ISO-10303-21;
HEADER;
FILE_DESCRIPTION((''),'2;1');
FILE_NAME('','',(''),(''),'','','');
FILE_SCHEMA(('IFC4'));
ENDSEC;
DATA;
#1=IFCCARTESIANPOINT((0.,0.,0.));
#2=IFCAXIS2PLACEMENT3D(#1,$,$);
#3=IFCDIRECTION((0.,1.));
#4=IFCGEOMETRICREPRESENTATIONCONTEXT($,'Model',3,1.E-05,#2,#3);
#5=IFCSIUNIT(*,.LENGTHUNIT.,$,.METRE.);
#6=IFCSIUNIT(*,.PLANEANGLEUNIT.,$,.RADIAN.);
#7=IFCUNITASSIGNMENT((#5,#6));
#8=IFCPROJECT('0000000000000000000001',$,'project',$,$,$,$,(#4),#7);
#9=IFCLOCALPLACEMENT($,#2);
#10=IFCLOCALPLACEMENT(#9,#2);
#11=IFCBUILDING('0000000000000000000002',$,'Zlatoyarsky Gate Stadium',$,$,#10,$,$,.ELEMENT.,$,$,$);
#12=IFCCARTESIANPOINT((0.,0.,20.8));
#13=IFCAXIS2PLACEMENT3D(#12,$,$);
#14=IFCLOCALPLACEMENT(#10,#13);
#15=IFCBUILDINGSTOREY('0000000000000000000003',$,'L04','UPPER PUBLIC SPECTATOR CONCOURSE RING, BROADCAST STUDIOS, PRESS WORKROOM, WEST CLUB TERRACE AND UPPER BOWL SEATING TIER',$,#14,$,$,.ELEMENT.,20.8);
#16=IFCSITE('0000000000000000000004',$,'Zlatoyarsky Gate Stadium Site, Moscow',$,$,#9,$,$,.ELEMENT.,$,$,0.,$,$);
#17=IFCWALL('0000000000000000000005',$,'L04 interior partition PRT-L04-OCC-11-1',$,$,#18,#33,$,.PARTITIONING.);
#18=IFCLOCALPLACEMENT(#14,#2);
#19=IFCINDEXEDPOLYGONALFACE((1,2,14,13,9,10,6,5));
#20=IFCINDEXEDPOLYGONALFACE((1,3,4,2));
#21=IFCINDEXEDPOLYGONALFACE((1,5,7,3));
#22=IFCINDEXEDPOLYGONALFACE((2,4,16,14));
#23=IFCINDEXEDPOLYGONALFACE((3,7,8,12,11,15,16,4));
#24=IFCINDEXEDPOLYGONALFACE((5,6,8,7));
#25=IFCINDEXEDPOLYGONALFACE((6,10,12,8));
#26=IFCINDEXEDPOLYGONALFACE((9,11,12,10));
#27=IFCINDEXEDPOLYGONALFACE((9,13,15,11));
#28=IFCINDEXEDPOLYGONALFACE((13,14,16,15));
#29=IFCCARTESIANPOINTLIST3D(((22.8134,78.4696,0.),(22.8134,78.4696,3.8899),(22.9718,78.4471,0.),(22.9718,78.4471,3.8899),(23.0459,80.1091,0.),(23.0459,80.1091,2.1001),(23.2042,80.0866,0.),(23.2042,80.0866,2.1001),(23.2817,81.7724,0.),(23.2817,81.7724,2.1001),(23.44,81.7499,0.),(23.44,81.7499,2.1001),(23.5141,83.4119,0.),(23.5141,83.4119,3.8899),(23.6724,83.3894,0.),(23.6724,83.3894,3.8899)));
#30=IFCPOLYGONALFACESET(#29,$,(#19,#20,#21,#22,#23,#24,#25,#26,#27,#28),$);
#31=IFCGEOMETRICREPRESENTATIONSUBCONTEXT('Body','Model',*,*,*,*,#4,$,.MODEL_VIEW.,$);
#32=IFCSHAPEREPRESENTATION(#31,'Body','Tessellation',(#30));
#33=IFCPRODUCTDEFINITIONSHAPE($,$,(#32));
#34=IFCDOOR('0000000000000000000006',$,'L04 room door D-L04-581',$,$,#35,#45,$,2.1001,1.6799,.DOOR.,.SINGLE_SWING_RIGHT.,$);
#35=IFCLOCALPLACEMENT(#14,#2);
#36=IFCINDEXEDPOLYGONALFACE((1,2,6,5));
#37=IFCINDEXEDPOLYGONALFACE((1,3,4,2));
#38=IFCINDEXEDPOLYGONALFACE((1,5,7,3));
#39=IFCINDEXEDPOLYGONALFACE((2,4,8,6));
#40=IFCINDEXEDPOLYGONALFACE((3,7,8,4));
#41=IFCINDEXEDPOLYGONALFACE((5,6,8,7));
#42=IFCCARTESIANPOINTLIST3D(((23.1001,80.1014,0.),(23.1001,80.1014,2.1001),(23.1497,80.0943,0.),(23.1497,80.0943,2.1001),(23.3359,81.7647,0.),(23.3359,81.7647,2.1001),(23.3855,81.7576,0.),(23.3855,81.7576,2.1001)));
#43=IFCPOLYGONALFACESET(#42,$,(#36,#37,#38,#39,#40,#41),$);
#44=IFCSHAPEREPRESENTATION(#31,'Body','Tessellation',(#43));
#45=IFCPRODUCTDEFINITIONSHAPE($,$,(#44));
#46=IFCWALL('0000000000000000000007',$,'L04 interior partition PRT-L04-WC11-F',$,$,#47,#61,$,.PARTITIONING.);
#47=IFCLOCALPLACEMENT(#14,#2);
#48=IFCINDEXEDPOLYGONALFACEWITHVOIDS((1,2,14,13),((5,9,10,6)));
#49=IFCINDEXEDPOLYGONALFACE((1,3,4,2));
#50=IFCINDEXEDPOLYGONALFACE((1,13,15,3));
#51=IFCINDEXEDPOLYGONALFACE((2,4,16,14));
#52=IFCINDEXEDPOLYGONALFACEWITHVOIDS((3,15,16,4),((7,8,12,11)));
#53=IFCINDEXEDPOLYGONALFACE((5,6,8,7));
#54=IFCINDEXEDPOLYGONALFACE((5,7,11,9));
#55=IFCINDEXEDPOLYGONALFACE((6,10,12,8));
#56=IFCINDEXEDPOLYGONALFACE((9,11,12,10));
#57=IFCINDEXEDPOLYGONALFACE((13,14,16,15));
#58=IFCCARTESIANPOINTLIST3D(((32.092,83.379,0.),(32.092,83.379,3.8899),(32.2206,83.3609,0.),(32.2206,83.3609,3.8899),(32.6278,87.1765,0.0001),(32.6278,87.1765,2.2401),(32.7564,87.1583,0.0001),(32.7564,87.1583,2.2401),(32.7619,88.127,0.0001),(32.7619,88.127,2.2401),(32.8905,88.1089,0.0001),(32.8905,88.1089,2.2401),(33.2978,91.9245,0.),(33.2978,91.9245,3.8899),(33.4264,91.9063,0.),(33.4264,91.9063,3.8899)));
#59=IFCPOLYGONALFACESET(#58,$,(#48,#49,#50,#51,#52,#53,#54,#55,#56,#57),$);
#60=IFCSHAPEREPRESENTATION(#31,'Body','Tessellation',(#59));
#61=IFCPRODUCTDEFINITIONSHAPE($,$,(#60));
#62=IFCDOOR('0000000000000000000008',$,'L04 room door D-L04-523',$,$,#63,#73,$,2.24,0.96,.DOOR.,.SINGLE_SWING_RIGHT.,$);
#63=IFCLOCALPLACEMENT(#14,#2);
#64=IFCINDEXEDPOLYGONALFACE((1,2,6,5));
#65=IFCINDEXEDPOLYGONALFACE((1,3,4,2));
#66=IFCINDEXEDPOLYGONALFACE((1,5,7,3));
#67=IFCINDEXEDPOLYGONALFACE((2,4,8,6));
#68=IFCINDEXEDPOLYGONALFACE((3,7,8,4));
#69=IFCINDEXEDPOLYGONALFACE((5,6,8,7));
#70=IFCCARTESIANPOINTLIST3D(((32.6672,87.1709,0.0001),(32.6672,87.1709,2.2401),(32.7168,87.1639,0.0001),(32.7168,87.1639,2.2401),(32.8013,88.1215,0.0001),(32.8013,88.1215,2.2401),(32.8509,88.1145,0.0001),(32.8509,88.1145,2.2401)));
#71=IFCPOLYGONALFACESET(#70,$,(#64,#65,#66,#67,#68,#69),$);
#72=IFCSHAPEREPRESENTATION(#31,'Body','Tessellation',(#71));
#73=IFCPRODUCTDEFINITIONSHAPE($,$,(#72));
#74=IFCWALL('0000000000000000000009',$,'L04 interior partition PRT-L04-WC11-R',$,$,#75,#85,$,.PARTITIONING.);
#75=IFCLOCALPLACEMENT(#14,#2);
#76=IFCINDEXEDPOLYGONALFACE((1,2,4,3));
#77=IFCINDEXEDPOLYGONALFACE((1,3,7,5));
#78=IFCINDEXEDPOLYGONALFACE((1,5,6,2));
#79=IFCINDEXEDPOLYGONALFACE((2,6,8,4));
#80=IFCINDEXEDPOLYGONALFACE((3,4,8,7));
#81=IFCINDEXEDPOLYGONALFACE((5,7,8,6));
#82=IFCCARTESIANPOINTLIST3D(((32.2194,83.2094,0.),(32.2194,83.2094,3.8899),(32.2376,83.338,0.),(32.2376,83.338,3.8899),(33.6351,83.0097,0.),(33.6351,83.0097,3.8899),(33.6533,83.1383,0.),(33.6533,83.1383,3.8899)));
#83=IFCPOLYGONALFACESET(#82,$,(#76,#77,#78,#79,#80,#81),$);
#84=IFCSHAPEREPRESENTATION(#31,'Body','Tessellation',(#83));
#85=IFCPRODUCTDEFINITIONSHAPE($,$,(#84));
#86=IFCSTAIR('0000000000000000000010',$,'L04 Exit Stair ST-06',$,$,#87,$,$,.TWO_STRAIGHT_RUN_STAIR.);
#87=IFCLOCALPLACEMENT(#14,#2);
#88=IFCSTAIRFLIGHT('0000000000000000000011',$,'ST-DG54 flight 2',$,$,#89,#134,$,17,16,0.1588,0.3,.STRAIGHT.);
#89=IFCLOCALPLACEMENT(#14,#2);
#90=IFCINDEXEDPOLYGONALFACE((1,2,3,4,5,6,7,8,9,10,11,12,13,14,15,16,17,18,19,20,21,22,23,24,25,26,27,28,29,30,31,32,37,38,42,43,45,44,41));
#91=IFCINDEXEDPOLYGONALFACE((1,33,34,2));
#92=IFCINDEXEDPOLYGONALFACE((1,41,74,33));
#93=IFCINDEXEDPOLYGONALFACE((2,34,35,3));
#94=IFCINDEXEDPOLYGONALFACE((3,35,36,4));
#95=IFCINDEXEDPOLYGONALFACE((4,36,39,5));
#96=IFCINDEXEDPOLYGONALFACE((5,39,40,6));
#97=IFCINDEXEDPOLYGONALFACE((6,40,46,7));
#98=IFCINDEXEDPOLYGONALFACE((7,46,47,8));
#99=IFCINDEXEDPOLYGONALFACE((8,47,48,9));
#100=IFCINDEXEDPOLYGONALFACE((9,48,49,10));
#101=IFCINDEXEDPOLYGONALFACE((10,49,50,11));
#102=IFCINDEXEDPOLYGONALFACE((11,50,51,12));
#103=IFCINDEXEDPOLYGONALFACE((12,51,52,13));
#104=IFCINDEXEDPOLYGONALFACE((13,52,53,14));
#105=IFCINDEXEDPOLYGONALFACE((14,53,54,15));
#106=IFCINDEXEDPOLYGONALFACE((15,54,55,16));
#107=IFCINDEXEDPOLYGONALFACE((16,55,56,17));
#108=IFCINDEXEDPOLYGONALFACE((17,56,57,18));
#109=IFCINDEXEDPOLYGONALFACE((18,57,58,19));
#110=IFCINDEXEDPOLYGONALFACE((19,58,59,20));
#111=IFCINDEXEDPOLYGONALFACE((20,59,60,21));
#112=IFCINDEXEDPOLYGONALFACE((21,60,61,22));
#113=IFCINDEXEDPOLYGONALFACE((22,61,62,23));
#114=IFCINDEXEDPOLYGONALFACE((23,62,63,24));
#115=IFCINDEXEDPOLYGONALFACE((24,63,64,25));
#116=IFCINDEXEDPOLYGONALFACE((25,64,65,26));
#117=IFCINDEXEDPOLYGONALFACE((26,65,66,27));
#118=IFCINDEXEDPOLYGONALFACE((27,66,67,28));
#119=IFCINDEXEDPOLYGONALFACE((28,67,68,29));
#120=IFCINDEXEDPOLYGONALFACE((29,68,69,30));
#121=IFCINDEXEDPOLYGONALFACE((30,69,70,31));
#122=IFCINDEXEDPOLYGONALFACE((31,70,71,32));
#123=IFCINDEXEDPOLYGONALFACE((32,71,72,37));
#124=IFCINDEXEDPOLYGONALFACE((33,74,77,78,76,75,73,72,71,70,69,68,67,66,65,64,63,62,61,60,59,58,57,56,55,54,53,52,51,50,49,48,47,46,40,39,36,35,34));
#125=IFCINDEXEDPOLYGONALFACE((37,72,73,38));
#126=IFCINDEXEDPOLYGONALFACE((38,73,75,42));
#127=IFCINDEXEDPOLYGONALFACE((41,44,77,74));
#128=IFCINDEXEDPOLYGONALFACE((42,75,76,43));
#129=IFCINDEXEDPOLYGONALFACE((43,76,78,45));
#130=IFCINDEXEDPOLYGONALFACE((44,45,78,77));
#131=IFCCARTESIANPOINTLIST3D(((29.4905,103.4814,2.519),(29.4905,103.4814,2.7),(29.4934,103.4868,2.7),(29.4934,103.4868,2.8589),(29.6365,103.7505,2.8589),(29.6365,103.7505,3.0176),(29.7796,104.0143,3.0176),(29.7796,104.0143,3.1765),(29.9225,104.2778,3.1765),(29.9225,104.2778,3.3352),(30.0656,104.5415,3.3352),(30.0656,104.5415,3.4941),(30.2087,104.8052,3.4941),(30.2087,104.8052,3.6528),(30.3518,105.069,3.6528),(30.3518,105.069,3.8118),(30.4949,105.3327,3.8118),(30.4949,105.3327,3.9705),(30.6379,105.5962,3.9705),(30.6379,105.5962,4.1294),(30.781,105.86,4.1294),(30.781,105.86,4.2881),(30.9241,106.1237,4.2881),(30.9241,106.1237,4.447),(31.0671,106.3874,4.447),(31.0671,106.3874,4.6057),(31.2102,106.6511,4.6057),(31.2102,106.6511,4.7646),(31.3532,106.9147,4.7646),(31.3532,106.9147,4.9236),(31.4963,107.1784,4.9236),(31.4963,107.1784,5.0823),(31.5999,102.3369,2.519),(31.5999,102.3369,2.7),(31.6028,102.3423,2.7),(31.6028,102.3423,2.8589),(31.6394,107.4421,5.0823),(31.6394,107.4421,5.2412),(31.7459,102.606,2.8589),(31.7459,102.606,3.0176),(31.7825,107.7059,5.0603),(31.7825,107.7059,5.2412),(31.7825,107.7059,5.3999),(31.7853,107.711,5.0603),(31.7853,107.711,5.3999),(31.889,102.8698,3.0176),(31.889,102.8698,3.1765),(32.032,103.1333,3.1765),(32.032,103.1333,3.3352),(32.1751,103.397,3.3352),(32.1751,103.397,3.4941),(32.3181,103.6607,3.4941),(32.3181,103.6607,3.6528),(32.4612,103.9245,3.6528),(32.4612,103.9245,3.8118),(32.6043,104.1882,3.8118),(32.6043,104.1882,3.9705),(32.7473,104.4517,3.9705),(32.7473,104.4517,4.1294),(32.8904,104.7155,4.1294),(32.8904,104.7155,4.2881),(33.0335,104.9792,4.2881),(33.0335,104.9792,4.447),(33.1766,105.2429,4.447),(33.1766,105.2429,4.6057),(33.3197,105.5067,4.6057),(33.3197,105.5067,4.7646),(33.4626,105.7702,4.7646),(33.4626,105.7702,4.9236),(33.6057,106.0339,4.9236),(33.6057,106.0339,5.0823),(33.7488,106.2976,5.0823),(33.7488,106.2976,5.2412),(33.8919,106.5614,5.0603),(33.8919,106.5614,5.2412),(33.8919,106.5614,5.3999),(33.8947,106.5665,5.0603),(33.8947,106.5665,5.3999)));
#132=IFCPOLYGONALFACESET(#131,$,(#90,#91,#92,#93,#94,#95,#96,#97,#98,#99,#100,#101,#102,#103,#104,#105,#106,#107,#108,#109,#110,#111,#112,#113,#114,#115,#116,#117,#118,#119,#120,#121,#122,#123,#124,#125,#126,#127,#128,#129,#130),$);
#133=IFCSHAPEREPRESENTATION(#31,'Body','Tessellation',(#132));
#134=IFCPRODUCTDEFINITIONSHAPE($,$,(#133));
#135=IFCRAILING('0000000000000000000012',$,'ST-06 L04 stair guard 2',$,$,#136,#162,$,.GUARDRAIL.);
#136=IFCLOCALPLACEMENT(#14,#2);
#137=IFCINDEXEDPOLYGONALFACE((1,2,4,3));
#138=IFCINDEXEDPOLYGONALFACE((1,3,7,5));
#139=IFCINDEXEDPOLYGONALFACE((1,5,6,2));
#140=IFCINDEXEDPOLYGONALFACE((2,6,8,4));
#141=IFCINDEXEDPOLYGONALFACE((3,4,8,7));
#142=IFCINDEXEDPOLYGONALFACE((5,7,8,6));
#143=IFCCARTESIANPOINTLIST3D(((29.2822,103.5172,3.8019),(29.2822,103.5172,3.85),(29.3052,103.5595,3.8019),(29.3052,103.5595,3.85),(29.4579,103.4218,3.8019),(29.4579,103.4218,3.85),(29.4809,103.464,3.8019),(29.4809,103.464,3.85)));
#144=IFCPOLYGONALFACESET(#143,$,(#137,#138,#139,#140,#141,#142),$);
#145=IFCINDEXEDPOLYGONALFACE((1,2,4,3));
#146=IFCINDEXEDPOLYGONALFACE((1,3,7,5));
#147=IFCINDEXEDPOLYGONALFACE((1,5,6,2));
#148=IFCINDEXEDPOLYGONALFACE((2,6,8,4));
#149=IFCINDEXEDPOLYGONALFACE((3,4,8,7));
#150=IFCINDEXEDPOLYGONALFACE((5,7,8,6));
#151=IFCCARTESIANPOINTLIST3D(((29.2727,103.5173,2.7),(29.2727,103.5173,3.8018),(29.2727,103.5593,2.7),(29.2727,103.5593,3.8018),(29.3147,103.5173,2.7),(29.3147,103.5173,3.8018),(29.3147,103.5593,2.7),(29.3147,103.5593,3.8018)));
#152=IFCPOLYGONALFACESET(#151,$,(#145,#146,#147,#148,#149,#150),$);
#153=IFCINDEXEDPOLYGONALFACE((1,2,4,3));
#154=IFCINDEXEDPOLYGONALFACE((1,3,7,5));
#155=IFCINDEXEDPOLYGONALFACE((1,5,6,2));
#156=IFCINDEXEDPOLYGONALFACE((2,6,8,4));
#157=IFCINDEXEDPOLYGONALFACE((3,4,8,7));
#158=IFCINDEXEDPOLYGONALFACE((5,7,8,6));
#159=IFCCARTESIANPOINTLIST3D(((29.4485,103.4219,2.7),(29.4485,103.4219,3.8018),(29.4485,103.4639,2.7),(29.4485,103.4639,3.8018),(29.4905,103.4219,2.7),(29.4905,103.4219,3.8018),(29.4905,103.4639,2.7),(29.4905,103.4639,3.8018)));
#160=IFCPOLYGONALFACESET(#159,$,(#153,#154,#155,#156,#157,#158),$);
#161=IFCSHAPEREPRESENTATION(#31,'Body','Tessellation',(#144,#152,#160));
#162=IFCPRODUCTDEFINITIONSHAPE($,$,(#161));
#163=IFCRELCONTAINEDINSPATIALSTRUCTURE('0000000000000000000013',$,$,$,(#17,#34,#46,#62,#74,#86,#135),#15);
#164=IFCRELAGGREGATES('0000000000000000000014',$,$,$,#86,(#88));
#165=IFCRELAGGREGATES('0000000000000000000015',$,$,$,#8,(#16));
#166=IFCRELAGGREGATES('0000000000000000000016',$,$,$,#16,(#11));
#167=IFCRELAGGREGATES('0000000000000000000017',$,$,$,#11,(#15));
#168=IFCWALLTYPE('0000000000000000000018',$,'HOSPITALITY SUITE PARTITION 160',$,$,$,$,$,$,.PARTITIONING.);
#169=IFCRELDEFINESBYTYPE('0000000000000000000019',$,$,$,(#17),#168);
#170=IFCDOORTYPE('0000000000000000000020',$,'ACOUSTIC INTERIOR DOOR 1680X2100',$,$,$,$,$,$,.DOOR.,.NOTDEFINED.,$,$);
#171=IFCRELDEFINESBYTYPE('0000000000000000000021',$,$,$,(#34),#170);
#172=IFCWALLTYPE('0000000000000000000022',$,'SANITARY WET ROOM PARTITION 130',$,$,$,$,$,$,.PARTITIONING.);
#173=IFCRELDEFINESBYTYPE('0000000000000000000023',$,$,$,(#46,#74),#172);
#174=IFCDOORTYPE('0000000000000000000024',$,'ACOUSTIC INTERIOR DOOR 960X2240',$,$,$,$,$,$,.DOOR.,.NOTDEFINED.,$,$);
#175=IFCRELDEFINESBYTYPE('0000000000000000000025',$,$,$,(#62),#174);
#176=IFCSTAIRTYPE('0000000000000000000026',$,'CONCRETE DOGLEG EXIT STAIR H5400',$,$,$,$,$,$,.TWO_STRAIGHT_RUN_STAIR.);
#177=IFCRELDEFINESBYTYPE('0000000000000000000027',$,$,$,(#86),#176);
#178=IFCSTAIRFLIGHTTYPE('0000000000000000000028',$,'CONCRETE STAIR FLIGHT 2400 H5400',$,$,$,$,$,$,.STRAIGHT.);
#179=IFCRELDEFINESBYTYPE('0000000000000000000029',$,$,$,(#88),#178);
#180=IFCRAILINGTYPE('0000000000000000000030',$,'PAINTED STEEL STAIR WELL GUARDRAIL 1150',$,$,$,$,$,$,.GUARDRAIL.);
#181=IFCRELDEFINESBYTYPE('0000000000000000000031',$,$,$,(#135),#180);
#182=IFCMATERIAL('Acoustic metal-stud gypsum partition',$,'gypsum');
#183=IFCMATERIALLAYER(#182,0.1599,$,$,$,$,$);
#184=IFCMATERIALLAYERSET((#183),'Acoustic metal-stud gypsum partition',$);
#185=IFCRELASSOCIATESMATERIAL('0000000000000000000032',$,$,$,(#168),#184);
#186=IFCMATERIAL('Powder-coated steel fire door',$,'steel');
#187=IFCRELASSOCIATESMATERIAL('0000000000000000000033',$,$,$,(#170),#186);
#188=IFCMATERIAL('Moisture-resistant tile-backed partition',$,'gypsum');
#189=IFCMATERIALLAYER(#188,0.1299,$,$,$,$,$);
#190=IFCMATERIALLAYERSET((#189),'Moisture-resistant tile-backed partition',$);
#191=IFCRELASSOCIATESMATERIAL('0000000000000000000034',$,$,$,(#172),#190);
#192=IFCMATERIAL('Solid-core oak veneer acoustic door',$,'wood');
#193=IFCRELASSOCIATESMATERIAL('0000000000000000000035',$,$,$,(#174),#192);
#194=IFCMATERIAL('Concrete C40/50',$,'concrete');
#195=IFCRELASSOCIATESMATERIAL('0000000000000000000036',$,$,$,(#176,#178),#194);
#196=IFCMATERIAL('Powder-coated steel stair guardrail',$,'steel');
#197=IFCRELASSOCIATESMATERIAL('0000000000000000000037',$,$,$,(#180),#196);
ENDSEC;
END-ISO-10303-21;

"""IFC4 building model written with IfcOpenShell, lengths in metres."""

from ifc_helpers import new_model, si_unit, direction, frame, frame_2d, origin, origin_2d, place, context, subcontext, project, spatial, polyline, rectangle, outline, extrude, material, layer, layer_set, type_object, element, fill, aggregate, save


model = new_model("IFC4")

# Units and contexts
model_context = context("Model", 3, precision=1e-05, world=origin(), true_north=direction((0.0, 1.0)))
body_context = subcontext(model_context, "Body", "Model", "MODEL_VIEW")
ifc_project = project(units=[si_unit("LENGTHUNIT", "METRE"), si_unit("PLANEANGLEUNIT", "RADIAN")], contexts=[model_context])

# Site, building, storey
site_placement = place(None, origin())
site = spatial("IfcSite", under=ifc_project, at=site_placement, Name="Zlatoyarsky Gate Stadium Site, Moscow", CompositionType="ELEMENT", RefElevation=0.0)
building_placement = place(site_placement, origin())
building = spatial("IfcBuilding", under=site, at=building_placement, Name="Zlatoyarsky Gate Stadium", CompositionType="ELEMENT")
storey_placement = place(building_placement, frame((0.0, 0.0, 20.8)))
storey = spatial("IfcBuildingStorey", under=building, at=storey_placement, Name="L04", Description="UPPER PUBLIC SPECTATOR CONCOURSE RING, BROADCAST STUDIOS, PRESS WORKROOM, WEST CLUB TERRACE AND UPPER BOWL SEATING TIER", CompositionType="ELEMENT", Elevation=20.8)

# Shared definitions
ifc_material_1 = material(Name="Solid-core oak veneer acoustic door", Category="wood")

# Shared definitions
ifc_material_2 = material(Name="Concrete C40/50", Category="concrete")

# Shared definitions
ifc_material_3 = material(Name="Powder-coated steel fire door", Category="steel")

# Walls, openings, doors
ifc_material_4 = material(Name="Acoustic metal-stud gypsum partition", Category="gypsum")
ifc_layer_1 = layer(ifc_material_4, 0.1599)
ifc_layer_set_1 = layer_set([ifc_layer_1], Name="Acoustic metal-stud gypsum partition")
wall_type_1 = type_object("IfcWallType", Name="HOSPITALITY SUITE PARTITION 160", PredefinedType="PARTITIONING", material=ifc_layer_set_1)
wall_1_placement = place(storey_placement, frame((23.5933, 83.4006, 0.0), z_axis=(0.0, 0.0, 1.0), x_axis=(-0.140367, -0.9901, 0.0)))
wall_1 = element("IfcWall", 1, at=wall_1_placement, inside=storey, type_object=wall_type_1, Name="L04 interior partition PRT-L04-OCC-11-1", PredefinedType="PARTITIONING", context=body_context, shape_type="SweptSolid", body=[
    extrude(rectangle(XDim=4.9917, YDim=0.1599, at=frame_2d((2.4958, 0.0))), origin(), (0.0, 0.0, 1.0), 3.8899),
])
opening_1_placement = place(wall_1_placement, frame((1.656, 0.0, 0.0)))
opening_1 = element("IfcOpeningElement", 2, at=opening_1_placement, cuts=wall_1, PredefinedType="OPENING", context=body_context, shape_type="SweptSolid", body=[
    extrude(rectangle(XDim=1.6799, YDim=2.1001, at=frame_2d((0.8398, 1.05))), frame((0.0, 0.0898, 0.0), z_axis=(0.0, -1.0, 0.0), x_axis=(1.0, 0.0, 0.0)), (0.0, 0.0, 1.0), 0.1799),
])
door_type_1 = type_object("IfcDoorType", Name="ACOUSTIC INTERIOR DOOR 1680X2100", OperationType="NOTDEFINED", PredefinedType="DOOR", material=ifc_material_3)
door_1_placement = place(opening_1_placement, origin())
door_1 = element("IfcDoor", 3, at=door_1_placement, inside=storey, type_object=door_type_1, Name="L04 room door D-L04-581", OperationType="SINGLE_SWING_RIGHT", OverallHeight=2.1001, OverallWidth=1.6799, PredefinedType="DOOR", context=body_context, shape_type="SweptSolid", body=[
    extrude(rectangle(XDim=1.6799, YDim=2.1001, at=frame_2d((0.8398, 1.05))), frame((0.0, 0.0249, 0.0), z_axis=(0.0, -1.0, 0.0), x_axis=(1.0, 0.0, 0.0)), (0.0, 0.0, 1.0), 0.05),
])
fill(opening_1, door_1)
ifc_material_5 = material(Name="Moisture-resistant tile-backed partition", Category="gypsum")
ifc_layer_2 = layer(ifc_material_5, 0.1299)
ifc_layer_set_2 = layer_set([ifc_layer_2], Name="Moisture-resistant tile-backed partition")
wall_type_2 = type_object("IfcWallType", Name="SANITARY WET ROOM PARTITION 130", PredefinedType="PARTITIONING", material=ifc_layer_set_2)
wall_2_placement = place(storey_placement, frame((33.3621, 91.9153, 0.0), z_axis=(0.0, 0.0, 1.0), x_axis=(-0.139722, -0.990191, 0.0)))
wall_2 = element("IfcWall", 4, at=wall_2_placement, inside=storey, type_object=wall_type_2, Name="L04 interior partition PRT-L04-WC11-F", PredefinedType="PARTITIONING", context=body_context, shape_type="SweptSolid", body=[
    extrude(rectangle(XDim=8.6301, YDim=0.1299, at=frame_2d((4.3149, 0.0))), origin(), (0.0, 0.0, 1.0), 3.8899),
])
opening_2_placement = place(wall_2_placement, frame((3.835, 0.0, 0.0)))
opening_2 = element("IfcOpeningElement", 5, at=opening_2_placement, cuts=wall_2, PredefinedType="OPENING", context=body_context, shape_type="SweptSolid", body=[
    extrude(rectangle(XDim=0.96, YDim=2.24, at=frame_2d((0.48, 1.1201))), frame((0.0, 0.075, 0.0), z_axis=(0.0, -1.0, 0.0), x_axis=(1.0, 0.0, 0.0)), (0.0, 0.0, 1.0), 0.1499),
])
door_type_2 = type_object("IfcDoorType", Name="ACOUSTIC INTERIOR DOOR 960X2240", OperationType="NOTDEFINED", PredefinedType="DOOR", material=ifc_material_1)
door_2_placement = place(opening_2_placement, origin())
door_2 = element("IfcDoor", 6, at=door_2_placement, inside=storey, type_object=door_type_2, Name="L04 room door D-L04-523", OperationType="SINGLE_SWING_RIGHT", OverallHeight=2.24, OverallWidth=0.96, PredefinedType="DOOR", context=body_context, shape_type="SweptSolid", body=[
    extrude(rectangle(XDim=0.96, YDim=2.24, at=frame_2d((0.48, 1.1201))), frame((0.0, 0.0249, 0.0), z_axis=(0.0, -1.0, 0.0), x_axis=(1.0, 0.0, 0.0)), (0.0, 0.0, 1.0), 0.05),
])
fill(opening_2, door_2)

# Wall
wall_3_placement = place(storey_placement, frame((32.2285, 83.2737, 0.0), z_axis=(0.0, 0.0, 1.0), x_axis=(0.990197, -0.139676, 0.0)))
element("IfcWall", 7, at=wall_3_placement, inside=storey, type_object=wall_type_2, Name="L04 interior partition PRT-L04-WC11-R", PredefinedType="PARTITIONING", context=body_context, shape_type="SweptSolid", body=[
    extrude(rectangle(XDim=1.4297, YDim=0.1299, at=frame_2d((0.7148, 0.0))), origin(), (0.0, 0.0, 1.0), 3.8899),
])

# Stair, stair flight
stair_type = type_object("IfcStairType", Name="CONCRETE DOGLEG EXIT STAIR H5400", PredefinedType="TWO_STRAIGHT_RUN_STAIR", material=ifc_material_2)
stair_placement = place(storey_placement, origin())
stair = element("IfcStair", 8, at=stair_placement, inside=storey, type_object=stair_type, Name="L04 Exit Stair ST-06", PredefinedType="TWO_STRAIGHT_RUN_STAIR")
stair_flight_type = type_object("IfcStairFlightType", Name="CONCRETE STAIR FLIGHT 2400 H5400", PredefinedType="STRAIGHT", material=ifc_material_2)
stair_flight_placement = place(storey_placement, frame((30.5481, 102.9146, 2.7), z_axis=(0.0, 0.0, 1.0), x_axis=(0.47689, 0.878963, 0.0)))
stair_flight = element("IfcStairFlight", 9, at=stair_flight_placement, type_object=stair_flight_type, Name="ST-DG54 flight 2", NumberOfRisers=17, NumberOfTreads=16, PredefinedType="STRAIGHT", RiserHeight=0.1588, TreadLength=0.3, context=body_context, shape_type="SweptSolid", body=[
    extrude(outline(polyline([(-0.0061, -0.1809), (-0.0061, 0.0), (0.0, 0.0), (0.0, 0.1589), (0.3, 0.1589), (0.3, 0.3176), (0.6001, 0.3176), (0.6001, 0.4766), (0.8999, 0.4766), (0.8999, 0.6353), (1.2, 0.6353), (1.2, 0.7942), (1.5, 0.7942), (1.5, 0.9529), (1.8, 0.9529), (1.8, 1.1118), (2.1001, 1.1118), (2.1001, 1.2705), (2.3999, 1.2705), (2.3999, 1.4294), (2.7, 1.4294), (2.7, 1.5881), (3.0, 1.5881), (3.0, 1.7471), (3.3, 1.7471), (3.3, 1.9058), (3.6001, 1.9058), (3.6001, 2.0647), (3.8999, 2.0647), (3.8999, 2.2236), (4.2, 2.2236), (4.2, 2.3823), (4.5, 2.3823), (4.5, 2.5413), (4.8, 2.5413), (4.8, 2.7), (4.8059, 2.7), (4.8059, 2.3604), (4.8, 2.3604), (-0.0061, -0.1809)])), frame((0.0, 1.2, 0.0), z_axis=(0.0, -1.0, 0.0), x_axis=(1.0, 0.0, 0.0)), (0.0, 0.0, 1.0), 2.3999),
])
aggregate(stair, [stair_flight])

# Railing
ifc_material_6 = material(Name="Powder-coated steel stair guardrail", Category="steel")
railing_type_1 = type_object("IfcRailingType", Name="PAINTED STEEL STAIR WELL GUARDRAIL 1150", PredefinedType="GUARDRAIL", material=ifc_material_6)
railing_1_placement = place(storey_placement, frame((29.2937, 103.5383, 2.7)))
element("IfcRailing", 10, at=railing_1_placement, inside=storey, type_object=railing_type_1, Name="ST-06 L04 stair guard 2", PredefinedType="GUARDRAIL", context=body_context, shape_type="SweptSolid", body=[
    extrude(rectangle(XDim=0.0481, YDim=0.0481, at=origin_2d()), frame((0.0, 0.0, 1.126), z_axis=(0.87878, -0.477227, 0.0), x_axis=(0.477227, 0.87878, 0.0)), (0.0, 0.0, 1.0), 0.2),
    extrude(rectangle(XDim=0.042, YDim=0.042, at=origin_2d()), origin(), (0.0, 0.0, 1.0), 1.1018),
    extrude(rectangle(XDim=0.042, YDim=0.042, at=origin_2d()), frame((0.1758, -0.0955, 0.0)), (0.0, 0.0, 1.0), 1.1018),
])

save(model, "model.ifc")
